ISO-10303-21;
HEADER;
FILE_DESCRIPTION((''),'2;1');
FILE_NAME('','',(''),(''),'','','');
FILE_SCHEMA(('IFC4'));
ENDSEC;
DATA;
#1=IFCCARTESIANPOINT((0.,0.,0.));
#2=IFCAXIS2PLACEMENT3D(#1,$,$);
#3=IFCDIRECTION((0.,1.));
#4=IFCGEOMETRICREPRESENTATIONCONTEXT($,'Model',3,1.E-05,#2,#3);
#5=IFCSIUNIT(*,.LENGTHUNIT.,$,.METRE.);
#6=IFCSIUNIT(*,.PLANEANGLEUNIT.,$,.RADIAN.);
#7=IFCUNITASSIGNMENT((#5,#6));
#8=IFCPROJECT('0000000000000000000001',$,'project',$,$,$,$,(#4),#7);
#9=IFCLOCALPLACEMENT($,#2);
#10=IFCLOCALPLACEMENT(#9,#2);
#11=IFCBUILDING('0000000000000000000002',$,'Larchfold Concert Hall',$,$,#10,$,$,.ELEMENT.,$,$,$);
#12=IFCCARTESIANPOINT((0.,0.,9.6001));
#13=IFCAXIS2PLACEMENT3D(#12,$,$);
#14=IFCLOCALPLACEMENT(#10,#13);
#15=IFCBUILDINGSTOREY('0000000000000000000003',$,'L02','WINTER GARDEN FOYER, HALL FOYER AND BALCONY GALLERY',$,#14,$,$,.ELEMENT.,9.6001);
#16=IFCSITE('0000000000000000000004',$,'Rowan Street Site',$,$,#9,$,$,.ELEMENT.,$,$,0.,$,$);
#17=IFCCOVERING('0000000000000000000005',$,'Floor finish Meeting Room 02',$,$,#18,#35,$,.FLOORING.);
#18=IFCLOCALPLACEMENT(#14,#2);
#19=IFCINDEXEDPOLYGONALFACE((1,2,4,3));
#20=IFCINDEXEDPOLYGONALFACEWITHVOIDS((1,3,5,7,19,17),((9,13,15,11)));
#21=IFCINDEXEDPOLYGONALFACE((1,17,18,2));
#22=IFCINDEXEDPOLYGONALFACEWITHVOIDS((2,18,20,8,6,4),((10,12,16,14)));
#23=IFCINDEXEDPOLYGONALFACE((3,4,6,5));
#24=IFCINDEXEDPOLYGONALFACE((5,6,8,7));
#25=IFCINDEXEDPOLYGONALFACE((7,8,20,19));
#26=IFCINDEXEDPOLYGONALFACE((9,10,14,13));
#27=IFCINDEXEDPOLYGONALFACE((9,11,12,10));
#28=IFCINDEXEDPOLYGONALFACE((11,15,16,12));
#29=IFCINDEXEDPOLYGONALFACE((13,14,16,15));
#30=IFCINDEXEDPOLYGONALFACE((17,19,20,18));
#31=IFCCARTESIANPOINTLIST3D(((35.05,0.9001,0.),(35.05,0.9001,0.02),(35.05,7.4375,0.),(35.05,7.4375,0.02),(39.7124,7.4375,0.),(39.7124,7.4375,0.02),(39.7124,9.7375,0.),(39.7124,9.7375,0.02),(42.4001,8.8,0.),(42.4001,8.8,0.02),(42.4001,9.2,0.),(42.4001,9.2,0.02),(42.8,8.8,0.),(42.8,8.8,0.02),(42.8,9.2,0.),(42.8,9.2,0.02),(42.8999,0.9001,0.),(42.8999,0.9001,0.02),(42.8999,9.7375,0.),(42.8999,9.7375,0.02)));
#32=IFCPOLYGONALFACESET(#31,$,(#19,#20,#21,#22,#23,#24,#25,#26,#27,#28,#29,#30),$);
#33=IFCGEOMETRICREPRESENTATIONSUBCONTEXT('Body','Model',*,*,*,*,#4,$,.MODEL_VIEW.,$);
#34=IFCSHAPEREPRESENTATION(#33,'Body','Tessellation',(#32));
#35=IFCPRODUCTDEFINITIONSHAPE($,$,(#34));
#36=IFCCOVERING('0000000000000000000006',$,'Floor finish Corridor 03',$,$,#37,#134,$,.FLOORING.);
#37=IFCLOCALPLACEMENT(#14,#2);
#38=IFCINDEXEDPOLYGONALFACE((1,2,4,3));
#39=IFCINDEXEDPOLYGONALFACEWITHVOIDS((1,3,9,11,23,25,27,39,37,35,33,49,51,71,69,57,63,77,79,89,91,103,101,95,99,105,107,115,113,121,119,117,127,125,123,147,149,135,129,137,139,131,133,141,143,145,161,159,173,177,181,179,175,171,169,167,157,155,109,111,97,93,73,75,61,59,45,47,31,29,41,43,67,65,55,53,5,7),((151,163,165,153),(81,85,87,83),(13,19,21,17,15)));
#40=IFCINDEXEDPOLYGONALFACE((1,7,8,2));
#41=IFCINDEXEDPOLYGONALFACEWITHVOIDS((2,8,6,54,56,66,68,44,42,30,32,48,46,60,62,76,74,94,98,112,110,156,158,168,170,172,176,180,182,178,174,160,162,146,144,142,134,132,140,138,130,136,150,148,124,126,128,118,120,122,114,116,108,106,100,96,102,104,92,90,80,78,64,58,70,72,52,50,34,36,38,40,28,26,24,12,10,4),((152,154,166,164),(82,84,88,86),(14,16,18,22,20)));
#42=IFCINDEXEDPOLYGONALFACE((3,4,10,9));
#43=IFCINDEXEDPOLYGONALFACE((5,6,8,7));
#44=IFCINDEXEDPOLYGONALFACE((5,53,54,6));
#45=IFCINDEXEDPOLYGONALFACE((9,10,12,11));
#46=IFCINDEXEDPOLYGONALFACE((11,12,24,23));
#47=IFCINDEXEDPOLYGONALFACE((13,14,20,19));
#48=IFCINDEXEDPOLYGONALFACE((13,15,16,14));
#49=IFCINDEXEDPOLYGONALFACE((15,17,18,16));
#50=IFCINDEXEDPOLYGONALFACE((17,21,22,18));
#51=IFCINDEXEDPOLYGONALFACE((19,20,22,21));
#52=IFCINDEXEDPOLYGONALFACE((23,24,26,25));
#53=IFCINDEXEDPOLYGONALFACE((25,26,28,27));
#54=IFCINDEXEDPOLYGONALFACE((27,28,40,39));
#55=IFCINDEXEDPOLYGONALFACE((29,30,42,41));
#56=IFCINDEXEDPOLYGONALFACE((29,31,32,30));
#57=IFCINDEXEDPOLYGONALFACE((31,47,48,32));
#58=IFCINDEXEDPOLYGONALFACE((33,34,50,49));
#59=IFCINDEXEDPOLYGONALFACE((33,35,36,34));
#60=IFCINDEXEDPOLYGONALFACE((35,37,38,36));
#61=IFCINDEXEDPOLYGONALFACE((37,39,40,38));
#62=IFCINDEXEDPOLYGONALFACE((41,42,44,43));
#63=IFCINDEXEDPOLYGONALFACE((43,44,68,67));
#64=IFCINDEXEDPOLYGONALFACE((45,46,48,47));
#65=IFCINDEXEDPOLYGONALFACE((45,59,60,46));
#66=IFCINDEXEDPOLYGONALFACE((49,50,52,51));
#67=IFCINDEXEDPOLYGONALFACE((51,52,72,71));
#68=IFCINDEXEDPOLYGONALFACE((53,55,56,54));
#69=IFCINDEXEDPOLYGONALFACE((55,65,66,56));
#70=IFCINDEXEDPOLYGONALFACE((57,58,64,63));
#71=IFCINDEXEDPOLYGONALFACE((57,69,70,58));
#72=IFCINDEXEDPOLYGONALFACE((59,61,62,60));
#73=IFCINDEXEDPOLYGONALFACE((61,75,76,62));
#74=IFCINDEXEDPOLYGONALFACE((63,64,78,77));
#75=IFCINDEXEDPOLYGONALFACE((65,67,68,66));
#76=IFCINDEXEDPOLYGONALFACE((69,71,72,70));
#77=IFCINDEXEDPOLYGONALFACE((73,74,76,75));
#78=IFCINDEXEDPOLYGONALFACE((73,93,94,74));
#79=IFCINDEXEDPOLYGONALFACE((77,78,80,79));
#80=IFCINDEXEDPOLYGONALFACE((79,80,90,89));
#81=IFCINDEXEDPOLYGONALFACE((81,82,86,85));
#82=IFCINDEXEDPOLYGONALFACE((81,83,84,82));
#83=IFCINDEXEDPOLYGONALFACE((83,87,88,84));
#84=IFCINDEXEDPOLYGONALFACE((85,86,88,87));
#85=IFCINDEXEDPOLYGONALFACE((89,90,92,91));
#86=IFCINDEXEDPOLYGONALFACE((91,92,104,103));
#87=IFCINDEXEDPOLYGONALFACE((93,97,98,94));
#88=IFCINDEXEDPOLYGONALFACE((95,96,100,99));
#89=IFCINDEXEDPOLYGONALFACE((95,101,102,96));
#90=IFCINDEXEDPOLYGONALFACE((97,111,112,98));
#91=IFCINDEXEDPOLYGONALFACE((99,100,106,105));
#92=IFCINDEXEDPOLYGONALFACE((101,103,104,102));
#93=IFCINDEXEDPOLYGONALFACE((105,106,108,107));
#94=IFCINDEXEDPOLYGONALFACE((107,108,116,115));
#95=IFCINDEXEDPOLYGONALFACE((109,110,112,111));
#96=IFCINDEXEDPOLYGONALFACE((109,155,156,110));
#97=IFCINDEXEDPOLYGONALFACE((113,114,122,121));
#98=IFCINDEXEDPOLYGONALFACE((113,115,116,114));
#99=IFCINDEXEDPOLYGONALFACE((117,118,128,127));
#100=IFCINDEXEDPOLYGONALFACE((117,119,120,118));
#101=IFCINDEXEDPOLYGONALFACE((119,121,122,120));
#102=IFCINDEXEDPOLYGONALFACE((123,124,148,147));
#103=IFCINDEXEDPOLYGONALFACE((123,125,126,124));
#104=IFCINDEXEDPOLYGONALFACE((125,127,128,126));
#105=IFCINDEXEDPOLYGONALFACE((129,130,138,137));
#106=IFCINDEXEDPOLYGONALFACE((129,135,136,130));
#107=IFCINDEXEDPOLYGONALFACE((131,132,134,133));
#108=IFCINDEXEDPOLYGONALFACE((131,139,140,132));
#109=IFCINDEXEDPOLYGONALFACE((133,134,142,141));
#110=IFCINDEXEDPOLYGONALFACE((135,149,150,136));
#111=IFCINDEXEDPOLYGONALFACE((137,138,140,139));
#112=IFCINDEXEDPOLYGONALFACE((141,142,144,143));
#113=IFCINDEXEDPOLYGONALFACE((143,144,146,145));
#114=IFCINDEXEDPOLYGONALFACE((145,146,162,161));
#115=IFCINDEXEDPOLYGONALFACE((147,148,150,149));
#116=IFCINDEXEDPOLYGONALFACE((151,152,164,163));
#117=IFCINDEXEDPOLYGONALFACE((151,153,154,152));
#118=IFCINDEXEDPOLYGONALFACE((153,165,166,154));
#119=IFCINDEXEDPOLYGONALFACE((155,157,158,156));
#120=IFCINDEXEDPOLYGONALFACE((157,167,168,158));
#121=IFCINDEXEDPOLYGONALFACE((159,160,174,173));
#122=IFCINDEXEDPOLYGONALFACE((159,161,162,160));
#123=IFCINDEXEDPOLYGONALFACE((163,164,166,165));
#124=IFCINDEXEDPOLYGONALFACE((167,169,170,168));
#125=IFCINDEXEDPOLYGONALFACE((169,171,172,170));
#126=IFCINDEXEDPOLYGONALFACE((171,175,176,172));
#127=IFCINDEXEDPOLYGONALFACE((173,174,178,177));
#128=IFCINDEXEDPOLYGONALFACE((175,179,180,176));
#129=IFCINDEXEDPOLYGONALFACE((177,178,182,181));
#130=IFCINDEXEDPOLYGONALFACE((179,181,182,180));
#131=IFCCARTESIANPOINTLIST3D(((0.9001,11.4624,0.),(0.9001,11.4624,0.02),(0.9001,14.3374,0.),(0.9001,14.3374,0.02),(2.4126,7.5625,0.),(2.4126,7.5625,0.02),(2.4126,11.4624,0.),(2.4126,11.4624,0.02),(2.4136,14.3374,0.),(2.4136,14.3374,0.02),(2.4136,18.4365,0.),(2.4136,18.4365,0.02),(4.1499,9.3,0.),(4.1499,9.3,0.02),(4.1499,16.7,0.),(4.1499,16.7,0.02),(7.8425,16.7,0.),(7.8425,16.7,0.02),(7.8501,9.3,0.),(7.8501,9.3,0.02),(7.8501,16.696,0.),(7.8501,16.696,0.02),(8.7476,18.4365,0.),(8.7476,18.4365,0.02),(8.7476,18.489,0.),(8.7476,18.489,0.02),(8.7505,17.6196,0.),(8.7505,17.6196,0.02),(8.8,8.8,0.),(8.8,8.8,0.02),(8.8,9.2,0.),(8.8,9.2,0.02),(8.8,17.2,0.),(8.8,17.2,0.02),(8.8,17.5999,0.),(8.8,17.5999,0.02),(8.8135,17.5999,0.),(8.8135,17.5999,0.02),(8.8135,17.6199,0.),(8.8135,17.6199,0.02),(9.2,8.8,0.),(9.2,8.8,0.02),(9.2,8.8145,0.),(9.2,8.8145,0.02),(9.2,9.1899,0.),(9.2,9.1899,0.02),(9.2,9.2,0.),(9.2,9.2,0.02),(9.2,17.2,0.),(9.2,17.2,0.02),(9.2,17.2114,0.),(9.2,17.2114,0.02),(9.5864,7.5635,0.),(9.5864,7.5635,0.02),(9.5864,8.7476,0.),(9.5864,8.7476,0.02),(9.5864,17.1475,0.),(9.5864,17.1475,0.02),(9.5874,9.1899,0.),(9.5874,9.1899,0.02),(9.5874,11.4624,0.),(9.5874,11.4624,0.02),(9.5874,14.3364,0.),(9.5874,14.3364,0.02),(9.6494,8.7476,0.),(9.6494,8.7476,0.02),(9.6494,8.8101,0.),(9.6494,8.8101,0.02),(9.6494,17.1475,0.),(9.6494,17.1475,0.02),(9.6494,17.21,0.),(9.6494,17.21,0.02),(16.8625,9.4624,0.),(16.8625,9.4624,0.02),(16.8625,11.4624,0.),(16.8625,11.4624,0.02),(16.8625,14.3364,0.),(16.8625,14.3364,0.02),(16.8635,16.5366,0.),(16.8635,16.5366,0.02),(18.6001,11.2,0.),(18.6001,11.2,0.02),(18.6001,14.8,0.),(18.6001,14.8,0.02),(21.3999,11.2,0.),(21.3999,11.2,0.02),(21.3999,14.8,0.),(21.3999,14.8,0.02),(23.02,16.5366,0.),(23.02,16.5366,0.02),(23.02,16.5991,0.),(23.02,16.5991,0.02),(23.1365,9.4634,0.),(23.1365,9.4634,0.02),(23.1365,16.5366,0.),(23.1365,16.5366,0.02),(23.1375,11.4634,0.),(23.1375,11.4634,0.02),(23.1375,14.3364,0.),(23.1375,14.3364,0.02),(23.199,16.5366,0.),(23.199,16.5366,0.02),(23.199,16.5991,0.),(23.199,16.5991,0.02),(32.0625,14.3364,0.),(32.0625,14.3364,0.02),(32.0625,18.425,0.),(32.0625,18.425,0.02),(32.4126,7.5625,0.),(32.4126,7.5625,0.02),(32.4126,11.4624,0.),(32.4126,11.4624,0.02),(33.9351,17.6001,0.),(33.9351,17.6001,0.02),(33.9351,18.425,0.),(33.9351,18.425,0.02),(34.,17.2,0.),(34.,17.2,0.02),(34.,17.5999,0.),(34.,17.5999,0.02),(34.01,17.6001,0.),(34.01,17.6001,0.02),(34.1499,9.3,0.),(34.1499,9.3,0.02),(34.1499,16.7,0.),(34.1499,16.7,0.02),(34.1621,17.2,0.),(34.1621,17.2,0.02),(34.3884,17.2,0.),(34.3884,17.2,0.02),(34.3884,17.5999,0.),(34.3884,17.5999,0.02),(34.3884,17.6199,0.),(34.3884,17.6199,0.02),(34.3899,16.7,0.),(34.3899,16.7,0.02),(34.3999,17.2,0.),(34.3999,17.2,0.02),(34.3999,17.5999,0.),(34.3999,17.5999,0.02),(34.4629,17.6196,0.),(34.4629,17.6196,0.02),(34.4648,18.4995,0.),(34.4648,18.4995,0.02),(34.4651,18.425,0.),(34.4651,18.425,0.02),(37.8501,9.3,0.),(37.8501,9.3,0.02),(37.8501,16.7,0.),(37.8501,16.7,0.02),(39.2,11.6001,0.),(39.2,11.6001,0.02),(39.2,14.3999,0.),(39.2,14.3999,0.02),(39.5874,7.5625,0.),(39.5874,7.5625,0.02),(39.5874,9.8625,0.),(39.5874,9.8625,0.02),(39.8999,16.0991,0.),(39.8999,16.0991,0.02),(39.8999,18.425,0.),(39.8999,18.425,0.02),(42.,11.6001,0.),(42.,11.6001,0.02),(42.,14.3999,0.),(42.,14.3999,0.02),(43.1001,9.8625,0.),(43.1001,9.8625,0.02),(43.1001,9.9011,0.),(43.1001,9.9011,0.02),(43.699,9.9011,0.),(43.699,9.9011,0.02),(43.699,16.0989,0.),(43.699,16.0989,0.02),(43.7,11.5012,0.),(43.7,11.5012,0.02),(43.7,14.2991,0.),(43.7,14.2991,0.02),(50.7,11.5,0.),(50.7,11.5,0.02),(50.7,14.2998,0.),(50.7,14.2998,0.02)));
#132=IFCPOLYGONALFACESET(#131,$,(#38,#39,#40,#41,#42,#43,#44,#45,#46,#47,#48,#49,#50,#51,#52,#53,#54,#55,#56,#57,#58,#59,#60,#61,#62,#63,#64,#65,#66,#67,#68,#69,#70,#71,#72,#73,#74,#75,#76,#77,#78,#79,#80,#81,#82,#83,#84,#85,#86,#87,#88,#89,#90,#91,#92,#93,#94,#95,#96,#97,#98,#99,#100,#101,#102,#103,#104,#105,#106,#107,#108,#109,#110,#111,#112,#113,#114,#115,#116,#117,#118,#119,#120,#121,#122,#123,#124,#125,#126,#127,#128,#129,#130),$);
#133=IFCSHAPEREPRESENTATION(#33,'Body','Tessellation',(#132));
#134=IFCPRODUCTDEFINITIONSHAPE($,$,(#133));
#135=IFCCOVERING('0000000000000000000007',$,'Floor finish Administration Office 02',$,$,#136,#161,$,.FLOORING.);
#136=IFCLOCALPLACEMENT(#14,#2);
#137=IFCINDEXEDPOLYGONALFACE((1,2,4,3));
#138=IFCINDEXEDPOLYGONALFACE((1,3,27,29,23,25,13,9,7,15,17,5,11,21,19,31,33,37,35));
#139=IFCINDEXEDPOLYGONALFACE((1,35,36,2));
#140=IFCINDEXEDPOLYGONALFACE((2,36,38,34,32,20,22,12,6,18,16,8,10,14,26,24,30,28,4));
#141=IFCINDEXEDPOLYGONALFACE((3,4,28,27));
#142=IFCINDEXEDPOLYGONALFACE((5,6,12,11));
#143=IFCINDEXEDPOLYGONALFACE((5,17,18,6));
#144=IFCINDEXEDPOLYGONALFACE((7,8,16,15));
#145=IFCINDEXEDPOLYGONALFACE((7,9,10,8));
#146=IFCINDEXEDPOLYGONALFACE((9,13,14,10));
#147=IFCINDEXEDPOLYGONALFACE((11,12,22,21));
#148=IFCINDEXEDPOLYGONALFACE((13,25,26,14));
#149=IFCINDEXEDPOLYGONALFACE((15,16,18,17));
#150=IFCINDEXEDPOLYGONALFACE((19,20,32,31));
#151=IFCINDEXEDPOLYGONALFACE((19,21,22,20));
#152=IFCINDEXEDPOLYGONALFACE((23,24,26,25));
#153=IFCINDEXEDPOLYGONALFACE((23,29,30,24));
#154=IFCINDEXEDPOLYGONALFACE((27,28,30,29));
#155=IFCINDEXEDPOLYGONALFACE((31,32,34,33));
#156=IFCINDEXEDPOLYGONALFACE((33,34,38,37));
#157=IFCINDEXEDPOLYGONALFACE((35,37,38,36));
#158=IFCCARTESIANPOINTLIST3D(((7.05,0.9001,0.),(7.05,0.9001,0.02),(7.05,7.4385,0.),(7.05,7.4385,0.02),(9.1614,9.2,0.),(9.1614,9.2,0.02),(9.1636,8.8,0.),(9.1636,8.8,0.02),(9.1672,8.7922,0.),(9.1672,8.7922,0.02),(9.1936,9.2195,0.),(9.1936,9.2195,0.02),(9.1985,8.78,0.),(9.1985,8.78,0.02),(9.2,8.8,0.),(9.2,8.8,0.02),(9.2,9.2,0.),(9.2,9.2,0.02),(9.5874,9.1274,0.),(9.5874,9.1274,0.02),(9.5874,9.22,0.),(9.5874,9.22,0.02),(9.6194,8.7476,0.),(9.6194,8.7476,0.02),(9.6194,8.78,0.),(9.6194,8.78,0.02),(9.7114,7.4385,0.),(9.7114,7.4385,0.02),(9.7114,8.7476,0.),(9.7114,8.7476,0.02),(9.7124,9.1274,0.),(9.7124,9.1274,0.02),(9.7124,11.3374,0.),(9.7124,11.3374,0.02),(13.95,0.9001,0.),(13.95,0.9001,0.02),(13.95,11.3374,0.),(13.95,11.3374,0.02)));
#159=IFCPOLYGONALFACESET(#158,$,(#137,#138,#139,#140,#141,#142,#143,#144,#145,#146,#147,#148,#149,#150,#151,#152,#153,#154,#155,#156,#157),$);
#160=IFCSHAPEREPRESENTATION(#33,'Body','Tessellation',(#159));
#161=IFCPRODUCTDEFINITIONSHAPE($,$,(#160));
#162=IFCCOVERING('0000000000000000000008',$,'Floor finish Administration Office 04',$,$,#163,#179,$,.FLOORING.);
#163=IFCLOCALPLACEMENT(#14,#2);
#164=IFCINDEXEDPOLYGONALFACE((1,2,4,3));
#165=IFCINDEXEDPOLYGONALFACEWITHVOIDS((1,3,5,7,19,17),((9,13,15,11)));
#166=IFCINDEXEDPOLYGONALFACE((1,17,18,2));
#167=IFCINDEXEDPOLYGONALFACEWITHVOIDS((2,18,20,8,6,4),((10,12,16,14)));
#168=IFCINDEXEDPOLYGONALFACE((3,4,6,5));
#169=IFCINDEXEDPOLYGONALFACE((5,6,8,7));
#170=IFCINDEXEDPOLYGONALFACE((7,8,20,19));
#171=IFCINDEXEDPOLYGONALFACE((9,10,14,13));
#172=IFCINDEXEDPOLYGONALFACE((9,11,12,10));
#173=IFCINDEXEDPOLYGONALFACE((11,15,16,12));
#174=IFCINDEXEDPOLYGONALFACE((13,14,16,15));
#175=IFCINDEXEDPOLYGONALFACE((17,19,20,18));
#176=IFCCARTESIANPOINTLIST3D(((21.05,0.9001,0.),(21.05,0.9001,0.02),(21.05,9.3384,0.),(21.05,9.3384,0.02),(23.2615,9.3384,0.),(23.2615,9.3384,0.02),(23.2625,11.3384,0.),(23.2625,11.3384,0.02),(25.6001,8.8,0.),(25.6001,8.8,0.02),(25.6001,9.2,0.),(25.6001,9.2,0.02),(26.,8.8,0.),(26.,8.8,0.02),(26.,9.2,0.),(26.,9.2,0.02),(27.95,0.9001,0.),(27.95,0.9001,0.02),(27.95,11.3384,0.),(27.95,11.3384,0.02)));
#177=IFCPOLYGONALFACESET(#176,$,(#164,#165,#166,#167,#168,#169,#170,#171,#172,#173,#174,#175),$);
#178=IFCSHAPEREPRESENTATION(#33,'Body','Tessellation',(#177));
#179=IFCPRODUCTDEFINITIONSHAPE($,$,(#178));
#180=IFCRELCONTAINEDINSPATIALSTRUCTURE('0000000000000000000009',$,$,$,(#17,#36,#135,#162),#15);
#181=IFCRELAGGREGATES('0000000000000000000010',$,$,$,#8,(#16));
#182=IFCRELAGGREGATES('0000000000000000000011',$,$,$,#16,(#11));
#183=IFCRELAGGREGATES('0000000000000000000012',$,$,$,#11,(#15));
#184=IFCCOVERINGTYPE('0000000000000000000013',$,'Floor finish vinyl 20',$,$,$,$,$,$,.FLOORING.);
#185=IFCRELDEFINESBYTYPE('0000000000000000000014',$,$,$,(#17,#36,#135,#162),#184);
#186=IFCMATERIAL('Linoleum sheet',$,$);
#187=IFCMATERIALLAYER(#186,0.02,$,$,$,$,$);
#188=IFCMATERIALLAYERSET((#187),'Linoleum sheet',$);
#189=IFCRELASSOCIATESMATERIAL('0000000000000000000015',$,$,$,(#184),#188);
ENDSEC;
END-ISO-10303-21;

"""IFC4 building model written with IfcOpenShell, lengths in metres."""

from ifc_helpers import new_model, si_unit, direction, frame, origin, place, context, subcontext, project, spatial, polyline, outline, extrude, material, layer, layer_set, type_object, element, save


model = new_model("IFC4")

# Units and contexts
model_context = context("Model", 3, precision=1e-05, world=origin(), true_north=direction((0.0, 1.0)))
body_context = subcontext(model_context, "Body", "Model", "MODEL_VIEW")
ifc_project = project(units=[si_unit("LENGTHUNIT", "METRE"), si_unit("PLANEANGLEUNIT", "RADIAN")], contexts=[model_context])

# Site, building, storey
site_placement = place(None, origin())
site = spatial("IfcSite", under=ifc_project, at=site_placement, Name="Rowan Street Site", CompositionType="ELEMENT", RefElevation=0.0)
building_placement = place(site_placement, origin())
building = spatial("IfcBuilding", under=site, at=building_placement, Name="Larchfold Concert Hall", CompositionType="ELEMENT")
storey_placement = place(building_placement, frame((0.0, 0.0, 9.6001)))
storey = spatial("IfcBuildingStorey", under=building, at=storey_placement, Name="L02", Description="WINTER GARDEN FOYER, HALL FOYER AND BALCONY GALLERY", CompositionType="ELEMENT", Elevation=9.6001)

# Coverings
ifc_material_1 = material(Name="Linoleum sheet")
ifc_layer_1 = layer(ifc_material_1, 0.02)
ifc_layer_set_1 = layer_set([ifc_layer_1], Name="Linoleum sheet")
covering_type_1 = type_object("IfcCoveringType", Name="Floor finish vinyl 20", PredefinedType="FLOORING", material=ifc_layer_set_1)
covering_1_placement = place(storey_placement, origin())
element("IfcCovering", 1, at=covering_1_placement, inside=storey, type_object=covering_type_1, Name="Floor finish Meeting Room 02", PredefinedType="FLOORING", context=body_context, shape_type="SweptSolid", body=[
    extrude(outline(polyline([(35.05, 0.9001), (42.8999, 0.9001), (42.8999, 9.7375), (39.7124, 9.7375), (39.7124, 7.4375), (35.05, 7.4375), (35.05, 0.9001)]), holes=[polyline([(42.8, 8.8), (42.4001, 8.8), (42.4001, 9.2), (42.8, 9.2), (42.8, 8.8)])]), origin(), (0.0, 0.0, 1.0), 0.02),
])
covering_2_placement = place(storey_placement, origin())
element("IfcCovering", 2, at=covering_2_placement, inside=storey, type_object=covering_type_1, Name="Floor finish Corridor 03", PredefinedType="FLOORING", context=body_context, shape_type="SweptSolid", body=[
    extrude(outline(polyline([(2.4136, 14.3374), (0.9001, 14.3374), (0.9001, 11.4624), (2.4126, 11.4624), (2.4126, 7.5625), (9.5864, 7.5635), (9.5864, 8.7476), (9.6494, 8.7476), (9.6494, 8.8101), (9.2, 8.8145), (9.2, 8.8), (8.8, 8.8), (8.8, 9.2), (9.2, 9.2), (9.2, 9.1899), (9.5874, 9.1899), (9.5874, 11.4624), (16.8625, 11.4624), (16.8625, 9.4624), (23.1365, 9.4634), (23.1365, 9.4009), (23.1375, 11.4634), (32.4126, 11.4624), (32.4126, 7.5625), (39.5874, 7.5625), (39.5874, 9.8625), (43.1001, 9.8625), (43.1001, 9.9011), (43.699, 9.9011), (43.7, 11.5012), (50.7, 11.5), (50.7, 14.2998), (43.7, 14.2991), (43.699, 16.0989), (39.8999, 16.0991), (39.8999, 18.425), (34.4651, 18.425), (34.4648, 18.4995), (34.4629, 17.6196), (34.3884, 17.6199), (34.3884, 17.5999), (34.3999, 17.5999), (34.3999, 17.2), (34.3884, 17.2), (34.3899, 16.7), (37.8501, 16.7), (37.8501, 9.3), (34.1499, 9.3), (34.1499, 16.7), (34.1621, 17.2), (34.0, 17.2), (34.0, 17.5999), (34.01, 17.6001), (33.9351, 17.6001), (33.9351, 18.425), (32.0625, 18.425), (32.0625, 14.3364), (23.1375, 14.3364), (23.1365, 16.5366), (23.199, 16.5366), (23.199, 16.5991), (23.02, 16.5991), (23.02, 16.5366), (16.8635, 16.5366), (16.8635, 16.5991), (16.8625, 14.3364), (9.5874, 14.3364), (9.5864, 17.1475), (9.6494, 17.1475), (9.6494, 17.21), (9.2, 17.2114), (9.2, 17.2), (8.8, 17.2), (8.8, 17.5999), (8.8135, 17.5999), (8.8135, 17.6199), (8.7505, 17.6196), (8.7476, 18.489), (8.7476, 18.4365), (2.4136, 18.4365), (2.4136, 14.3374)]), holes=[polyline([(39.2, 11.6001), (39.2, 14.3999), (42.0, 14.3999), (42.0, 11.6001), (39.2, 11.6001)]), polyline([(18.6001, 11.2), (18.6001, 14.8), (21.3999, 14.8), (21.3999, 11.2), (18.6001, 11.2)]), polyline([(7.8501, 9.3), (4.1499, 9.3), (4.1499, 16.7), (7.8425, 16.7), (7.8501, 16.696), (7.8501, 9.3)])]), origin(), (0.0, 0.0, 1.0), 0.02),
])
covering_3_placement = place(storey_placement, origin())
element("IfcCovering", 3, at=covering_3_placement, inside=storey, type_object=covering_type_1, Name="Floor finish Administration Office 02", PredefinedType="FLOORING", context=body_context, shape_type="SweptSolid", body=[
    extrude(outline(polyline([(7.05, 0.9001), (13.95, 0.9001), (13.95, 11.3374), (9.7124, 11.3374), (9.7124, 9.1274), (9.5874, 9.1274), (9.5874, 9.22), (9.1936, 9.2195), (9.1614, 9.2), (9.2, 9.2), (9.2, 8.8), (9.1636, 8.8), (9.1672, 8.7922), (9.1985, 8.78), (9.6194, 8.78), (9.6194, 8.7476), (9.7114, 8.7476), (9.7114, 7.4385), (7.05, 7.4385), (7.05, 0.9001)])), origin(), (0.0, 0.0, 1.0), 0.02),
])
covering_4_placement = place(storey_placement, origin())
element("IfcCovering", 4, at=covering_4_placement, inside=storey, type_object=covering_type_1, Name="Floor finish Administration Office 04", PredefinedType="FLOORING", context=body_context, shape_type="SweptSolid", body=[
    extrude(outline(polyline([(21.05, 9.3384), (21.05, 0.9001), (27.95, 0.9001), (27.95, 11.3384), (23.2625, 11.3384), (23.2615, 9.3384), (21.05, 9.3384)]), holes=[polyline([(26.0, 9.2), (26.0, 8.8), (25.6001, 8.8), (25.6001, 9.2), (26.0, 9.2)])]), origin(), (0.0, 0.0, 1.0), 0.02),
])

save(model, "model.ifc")
